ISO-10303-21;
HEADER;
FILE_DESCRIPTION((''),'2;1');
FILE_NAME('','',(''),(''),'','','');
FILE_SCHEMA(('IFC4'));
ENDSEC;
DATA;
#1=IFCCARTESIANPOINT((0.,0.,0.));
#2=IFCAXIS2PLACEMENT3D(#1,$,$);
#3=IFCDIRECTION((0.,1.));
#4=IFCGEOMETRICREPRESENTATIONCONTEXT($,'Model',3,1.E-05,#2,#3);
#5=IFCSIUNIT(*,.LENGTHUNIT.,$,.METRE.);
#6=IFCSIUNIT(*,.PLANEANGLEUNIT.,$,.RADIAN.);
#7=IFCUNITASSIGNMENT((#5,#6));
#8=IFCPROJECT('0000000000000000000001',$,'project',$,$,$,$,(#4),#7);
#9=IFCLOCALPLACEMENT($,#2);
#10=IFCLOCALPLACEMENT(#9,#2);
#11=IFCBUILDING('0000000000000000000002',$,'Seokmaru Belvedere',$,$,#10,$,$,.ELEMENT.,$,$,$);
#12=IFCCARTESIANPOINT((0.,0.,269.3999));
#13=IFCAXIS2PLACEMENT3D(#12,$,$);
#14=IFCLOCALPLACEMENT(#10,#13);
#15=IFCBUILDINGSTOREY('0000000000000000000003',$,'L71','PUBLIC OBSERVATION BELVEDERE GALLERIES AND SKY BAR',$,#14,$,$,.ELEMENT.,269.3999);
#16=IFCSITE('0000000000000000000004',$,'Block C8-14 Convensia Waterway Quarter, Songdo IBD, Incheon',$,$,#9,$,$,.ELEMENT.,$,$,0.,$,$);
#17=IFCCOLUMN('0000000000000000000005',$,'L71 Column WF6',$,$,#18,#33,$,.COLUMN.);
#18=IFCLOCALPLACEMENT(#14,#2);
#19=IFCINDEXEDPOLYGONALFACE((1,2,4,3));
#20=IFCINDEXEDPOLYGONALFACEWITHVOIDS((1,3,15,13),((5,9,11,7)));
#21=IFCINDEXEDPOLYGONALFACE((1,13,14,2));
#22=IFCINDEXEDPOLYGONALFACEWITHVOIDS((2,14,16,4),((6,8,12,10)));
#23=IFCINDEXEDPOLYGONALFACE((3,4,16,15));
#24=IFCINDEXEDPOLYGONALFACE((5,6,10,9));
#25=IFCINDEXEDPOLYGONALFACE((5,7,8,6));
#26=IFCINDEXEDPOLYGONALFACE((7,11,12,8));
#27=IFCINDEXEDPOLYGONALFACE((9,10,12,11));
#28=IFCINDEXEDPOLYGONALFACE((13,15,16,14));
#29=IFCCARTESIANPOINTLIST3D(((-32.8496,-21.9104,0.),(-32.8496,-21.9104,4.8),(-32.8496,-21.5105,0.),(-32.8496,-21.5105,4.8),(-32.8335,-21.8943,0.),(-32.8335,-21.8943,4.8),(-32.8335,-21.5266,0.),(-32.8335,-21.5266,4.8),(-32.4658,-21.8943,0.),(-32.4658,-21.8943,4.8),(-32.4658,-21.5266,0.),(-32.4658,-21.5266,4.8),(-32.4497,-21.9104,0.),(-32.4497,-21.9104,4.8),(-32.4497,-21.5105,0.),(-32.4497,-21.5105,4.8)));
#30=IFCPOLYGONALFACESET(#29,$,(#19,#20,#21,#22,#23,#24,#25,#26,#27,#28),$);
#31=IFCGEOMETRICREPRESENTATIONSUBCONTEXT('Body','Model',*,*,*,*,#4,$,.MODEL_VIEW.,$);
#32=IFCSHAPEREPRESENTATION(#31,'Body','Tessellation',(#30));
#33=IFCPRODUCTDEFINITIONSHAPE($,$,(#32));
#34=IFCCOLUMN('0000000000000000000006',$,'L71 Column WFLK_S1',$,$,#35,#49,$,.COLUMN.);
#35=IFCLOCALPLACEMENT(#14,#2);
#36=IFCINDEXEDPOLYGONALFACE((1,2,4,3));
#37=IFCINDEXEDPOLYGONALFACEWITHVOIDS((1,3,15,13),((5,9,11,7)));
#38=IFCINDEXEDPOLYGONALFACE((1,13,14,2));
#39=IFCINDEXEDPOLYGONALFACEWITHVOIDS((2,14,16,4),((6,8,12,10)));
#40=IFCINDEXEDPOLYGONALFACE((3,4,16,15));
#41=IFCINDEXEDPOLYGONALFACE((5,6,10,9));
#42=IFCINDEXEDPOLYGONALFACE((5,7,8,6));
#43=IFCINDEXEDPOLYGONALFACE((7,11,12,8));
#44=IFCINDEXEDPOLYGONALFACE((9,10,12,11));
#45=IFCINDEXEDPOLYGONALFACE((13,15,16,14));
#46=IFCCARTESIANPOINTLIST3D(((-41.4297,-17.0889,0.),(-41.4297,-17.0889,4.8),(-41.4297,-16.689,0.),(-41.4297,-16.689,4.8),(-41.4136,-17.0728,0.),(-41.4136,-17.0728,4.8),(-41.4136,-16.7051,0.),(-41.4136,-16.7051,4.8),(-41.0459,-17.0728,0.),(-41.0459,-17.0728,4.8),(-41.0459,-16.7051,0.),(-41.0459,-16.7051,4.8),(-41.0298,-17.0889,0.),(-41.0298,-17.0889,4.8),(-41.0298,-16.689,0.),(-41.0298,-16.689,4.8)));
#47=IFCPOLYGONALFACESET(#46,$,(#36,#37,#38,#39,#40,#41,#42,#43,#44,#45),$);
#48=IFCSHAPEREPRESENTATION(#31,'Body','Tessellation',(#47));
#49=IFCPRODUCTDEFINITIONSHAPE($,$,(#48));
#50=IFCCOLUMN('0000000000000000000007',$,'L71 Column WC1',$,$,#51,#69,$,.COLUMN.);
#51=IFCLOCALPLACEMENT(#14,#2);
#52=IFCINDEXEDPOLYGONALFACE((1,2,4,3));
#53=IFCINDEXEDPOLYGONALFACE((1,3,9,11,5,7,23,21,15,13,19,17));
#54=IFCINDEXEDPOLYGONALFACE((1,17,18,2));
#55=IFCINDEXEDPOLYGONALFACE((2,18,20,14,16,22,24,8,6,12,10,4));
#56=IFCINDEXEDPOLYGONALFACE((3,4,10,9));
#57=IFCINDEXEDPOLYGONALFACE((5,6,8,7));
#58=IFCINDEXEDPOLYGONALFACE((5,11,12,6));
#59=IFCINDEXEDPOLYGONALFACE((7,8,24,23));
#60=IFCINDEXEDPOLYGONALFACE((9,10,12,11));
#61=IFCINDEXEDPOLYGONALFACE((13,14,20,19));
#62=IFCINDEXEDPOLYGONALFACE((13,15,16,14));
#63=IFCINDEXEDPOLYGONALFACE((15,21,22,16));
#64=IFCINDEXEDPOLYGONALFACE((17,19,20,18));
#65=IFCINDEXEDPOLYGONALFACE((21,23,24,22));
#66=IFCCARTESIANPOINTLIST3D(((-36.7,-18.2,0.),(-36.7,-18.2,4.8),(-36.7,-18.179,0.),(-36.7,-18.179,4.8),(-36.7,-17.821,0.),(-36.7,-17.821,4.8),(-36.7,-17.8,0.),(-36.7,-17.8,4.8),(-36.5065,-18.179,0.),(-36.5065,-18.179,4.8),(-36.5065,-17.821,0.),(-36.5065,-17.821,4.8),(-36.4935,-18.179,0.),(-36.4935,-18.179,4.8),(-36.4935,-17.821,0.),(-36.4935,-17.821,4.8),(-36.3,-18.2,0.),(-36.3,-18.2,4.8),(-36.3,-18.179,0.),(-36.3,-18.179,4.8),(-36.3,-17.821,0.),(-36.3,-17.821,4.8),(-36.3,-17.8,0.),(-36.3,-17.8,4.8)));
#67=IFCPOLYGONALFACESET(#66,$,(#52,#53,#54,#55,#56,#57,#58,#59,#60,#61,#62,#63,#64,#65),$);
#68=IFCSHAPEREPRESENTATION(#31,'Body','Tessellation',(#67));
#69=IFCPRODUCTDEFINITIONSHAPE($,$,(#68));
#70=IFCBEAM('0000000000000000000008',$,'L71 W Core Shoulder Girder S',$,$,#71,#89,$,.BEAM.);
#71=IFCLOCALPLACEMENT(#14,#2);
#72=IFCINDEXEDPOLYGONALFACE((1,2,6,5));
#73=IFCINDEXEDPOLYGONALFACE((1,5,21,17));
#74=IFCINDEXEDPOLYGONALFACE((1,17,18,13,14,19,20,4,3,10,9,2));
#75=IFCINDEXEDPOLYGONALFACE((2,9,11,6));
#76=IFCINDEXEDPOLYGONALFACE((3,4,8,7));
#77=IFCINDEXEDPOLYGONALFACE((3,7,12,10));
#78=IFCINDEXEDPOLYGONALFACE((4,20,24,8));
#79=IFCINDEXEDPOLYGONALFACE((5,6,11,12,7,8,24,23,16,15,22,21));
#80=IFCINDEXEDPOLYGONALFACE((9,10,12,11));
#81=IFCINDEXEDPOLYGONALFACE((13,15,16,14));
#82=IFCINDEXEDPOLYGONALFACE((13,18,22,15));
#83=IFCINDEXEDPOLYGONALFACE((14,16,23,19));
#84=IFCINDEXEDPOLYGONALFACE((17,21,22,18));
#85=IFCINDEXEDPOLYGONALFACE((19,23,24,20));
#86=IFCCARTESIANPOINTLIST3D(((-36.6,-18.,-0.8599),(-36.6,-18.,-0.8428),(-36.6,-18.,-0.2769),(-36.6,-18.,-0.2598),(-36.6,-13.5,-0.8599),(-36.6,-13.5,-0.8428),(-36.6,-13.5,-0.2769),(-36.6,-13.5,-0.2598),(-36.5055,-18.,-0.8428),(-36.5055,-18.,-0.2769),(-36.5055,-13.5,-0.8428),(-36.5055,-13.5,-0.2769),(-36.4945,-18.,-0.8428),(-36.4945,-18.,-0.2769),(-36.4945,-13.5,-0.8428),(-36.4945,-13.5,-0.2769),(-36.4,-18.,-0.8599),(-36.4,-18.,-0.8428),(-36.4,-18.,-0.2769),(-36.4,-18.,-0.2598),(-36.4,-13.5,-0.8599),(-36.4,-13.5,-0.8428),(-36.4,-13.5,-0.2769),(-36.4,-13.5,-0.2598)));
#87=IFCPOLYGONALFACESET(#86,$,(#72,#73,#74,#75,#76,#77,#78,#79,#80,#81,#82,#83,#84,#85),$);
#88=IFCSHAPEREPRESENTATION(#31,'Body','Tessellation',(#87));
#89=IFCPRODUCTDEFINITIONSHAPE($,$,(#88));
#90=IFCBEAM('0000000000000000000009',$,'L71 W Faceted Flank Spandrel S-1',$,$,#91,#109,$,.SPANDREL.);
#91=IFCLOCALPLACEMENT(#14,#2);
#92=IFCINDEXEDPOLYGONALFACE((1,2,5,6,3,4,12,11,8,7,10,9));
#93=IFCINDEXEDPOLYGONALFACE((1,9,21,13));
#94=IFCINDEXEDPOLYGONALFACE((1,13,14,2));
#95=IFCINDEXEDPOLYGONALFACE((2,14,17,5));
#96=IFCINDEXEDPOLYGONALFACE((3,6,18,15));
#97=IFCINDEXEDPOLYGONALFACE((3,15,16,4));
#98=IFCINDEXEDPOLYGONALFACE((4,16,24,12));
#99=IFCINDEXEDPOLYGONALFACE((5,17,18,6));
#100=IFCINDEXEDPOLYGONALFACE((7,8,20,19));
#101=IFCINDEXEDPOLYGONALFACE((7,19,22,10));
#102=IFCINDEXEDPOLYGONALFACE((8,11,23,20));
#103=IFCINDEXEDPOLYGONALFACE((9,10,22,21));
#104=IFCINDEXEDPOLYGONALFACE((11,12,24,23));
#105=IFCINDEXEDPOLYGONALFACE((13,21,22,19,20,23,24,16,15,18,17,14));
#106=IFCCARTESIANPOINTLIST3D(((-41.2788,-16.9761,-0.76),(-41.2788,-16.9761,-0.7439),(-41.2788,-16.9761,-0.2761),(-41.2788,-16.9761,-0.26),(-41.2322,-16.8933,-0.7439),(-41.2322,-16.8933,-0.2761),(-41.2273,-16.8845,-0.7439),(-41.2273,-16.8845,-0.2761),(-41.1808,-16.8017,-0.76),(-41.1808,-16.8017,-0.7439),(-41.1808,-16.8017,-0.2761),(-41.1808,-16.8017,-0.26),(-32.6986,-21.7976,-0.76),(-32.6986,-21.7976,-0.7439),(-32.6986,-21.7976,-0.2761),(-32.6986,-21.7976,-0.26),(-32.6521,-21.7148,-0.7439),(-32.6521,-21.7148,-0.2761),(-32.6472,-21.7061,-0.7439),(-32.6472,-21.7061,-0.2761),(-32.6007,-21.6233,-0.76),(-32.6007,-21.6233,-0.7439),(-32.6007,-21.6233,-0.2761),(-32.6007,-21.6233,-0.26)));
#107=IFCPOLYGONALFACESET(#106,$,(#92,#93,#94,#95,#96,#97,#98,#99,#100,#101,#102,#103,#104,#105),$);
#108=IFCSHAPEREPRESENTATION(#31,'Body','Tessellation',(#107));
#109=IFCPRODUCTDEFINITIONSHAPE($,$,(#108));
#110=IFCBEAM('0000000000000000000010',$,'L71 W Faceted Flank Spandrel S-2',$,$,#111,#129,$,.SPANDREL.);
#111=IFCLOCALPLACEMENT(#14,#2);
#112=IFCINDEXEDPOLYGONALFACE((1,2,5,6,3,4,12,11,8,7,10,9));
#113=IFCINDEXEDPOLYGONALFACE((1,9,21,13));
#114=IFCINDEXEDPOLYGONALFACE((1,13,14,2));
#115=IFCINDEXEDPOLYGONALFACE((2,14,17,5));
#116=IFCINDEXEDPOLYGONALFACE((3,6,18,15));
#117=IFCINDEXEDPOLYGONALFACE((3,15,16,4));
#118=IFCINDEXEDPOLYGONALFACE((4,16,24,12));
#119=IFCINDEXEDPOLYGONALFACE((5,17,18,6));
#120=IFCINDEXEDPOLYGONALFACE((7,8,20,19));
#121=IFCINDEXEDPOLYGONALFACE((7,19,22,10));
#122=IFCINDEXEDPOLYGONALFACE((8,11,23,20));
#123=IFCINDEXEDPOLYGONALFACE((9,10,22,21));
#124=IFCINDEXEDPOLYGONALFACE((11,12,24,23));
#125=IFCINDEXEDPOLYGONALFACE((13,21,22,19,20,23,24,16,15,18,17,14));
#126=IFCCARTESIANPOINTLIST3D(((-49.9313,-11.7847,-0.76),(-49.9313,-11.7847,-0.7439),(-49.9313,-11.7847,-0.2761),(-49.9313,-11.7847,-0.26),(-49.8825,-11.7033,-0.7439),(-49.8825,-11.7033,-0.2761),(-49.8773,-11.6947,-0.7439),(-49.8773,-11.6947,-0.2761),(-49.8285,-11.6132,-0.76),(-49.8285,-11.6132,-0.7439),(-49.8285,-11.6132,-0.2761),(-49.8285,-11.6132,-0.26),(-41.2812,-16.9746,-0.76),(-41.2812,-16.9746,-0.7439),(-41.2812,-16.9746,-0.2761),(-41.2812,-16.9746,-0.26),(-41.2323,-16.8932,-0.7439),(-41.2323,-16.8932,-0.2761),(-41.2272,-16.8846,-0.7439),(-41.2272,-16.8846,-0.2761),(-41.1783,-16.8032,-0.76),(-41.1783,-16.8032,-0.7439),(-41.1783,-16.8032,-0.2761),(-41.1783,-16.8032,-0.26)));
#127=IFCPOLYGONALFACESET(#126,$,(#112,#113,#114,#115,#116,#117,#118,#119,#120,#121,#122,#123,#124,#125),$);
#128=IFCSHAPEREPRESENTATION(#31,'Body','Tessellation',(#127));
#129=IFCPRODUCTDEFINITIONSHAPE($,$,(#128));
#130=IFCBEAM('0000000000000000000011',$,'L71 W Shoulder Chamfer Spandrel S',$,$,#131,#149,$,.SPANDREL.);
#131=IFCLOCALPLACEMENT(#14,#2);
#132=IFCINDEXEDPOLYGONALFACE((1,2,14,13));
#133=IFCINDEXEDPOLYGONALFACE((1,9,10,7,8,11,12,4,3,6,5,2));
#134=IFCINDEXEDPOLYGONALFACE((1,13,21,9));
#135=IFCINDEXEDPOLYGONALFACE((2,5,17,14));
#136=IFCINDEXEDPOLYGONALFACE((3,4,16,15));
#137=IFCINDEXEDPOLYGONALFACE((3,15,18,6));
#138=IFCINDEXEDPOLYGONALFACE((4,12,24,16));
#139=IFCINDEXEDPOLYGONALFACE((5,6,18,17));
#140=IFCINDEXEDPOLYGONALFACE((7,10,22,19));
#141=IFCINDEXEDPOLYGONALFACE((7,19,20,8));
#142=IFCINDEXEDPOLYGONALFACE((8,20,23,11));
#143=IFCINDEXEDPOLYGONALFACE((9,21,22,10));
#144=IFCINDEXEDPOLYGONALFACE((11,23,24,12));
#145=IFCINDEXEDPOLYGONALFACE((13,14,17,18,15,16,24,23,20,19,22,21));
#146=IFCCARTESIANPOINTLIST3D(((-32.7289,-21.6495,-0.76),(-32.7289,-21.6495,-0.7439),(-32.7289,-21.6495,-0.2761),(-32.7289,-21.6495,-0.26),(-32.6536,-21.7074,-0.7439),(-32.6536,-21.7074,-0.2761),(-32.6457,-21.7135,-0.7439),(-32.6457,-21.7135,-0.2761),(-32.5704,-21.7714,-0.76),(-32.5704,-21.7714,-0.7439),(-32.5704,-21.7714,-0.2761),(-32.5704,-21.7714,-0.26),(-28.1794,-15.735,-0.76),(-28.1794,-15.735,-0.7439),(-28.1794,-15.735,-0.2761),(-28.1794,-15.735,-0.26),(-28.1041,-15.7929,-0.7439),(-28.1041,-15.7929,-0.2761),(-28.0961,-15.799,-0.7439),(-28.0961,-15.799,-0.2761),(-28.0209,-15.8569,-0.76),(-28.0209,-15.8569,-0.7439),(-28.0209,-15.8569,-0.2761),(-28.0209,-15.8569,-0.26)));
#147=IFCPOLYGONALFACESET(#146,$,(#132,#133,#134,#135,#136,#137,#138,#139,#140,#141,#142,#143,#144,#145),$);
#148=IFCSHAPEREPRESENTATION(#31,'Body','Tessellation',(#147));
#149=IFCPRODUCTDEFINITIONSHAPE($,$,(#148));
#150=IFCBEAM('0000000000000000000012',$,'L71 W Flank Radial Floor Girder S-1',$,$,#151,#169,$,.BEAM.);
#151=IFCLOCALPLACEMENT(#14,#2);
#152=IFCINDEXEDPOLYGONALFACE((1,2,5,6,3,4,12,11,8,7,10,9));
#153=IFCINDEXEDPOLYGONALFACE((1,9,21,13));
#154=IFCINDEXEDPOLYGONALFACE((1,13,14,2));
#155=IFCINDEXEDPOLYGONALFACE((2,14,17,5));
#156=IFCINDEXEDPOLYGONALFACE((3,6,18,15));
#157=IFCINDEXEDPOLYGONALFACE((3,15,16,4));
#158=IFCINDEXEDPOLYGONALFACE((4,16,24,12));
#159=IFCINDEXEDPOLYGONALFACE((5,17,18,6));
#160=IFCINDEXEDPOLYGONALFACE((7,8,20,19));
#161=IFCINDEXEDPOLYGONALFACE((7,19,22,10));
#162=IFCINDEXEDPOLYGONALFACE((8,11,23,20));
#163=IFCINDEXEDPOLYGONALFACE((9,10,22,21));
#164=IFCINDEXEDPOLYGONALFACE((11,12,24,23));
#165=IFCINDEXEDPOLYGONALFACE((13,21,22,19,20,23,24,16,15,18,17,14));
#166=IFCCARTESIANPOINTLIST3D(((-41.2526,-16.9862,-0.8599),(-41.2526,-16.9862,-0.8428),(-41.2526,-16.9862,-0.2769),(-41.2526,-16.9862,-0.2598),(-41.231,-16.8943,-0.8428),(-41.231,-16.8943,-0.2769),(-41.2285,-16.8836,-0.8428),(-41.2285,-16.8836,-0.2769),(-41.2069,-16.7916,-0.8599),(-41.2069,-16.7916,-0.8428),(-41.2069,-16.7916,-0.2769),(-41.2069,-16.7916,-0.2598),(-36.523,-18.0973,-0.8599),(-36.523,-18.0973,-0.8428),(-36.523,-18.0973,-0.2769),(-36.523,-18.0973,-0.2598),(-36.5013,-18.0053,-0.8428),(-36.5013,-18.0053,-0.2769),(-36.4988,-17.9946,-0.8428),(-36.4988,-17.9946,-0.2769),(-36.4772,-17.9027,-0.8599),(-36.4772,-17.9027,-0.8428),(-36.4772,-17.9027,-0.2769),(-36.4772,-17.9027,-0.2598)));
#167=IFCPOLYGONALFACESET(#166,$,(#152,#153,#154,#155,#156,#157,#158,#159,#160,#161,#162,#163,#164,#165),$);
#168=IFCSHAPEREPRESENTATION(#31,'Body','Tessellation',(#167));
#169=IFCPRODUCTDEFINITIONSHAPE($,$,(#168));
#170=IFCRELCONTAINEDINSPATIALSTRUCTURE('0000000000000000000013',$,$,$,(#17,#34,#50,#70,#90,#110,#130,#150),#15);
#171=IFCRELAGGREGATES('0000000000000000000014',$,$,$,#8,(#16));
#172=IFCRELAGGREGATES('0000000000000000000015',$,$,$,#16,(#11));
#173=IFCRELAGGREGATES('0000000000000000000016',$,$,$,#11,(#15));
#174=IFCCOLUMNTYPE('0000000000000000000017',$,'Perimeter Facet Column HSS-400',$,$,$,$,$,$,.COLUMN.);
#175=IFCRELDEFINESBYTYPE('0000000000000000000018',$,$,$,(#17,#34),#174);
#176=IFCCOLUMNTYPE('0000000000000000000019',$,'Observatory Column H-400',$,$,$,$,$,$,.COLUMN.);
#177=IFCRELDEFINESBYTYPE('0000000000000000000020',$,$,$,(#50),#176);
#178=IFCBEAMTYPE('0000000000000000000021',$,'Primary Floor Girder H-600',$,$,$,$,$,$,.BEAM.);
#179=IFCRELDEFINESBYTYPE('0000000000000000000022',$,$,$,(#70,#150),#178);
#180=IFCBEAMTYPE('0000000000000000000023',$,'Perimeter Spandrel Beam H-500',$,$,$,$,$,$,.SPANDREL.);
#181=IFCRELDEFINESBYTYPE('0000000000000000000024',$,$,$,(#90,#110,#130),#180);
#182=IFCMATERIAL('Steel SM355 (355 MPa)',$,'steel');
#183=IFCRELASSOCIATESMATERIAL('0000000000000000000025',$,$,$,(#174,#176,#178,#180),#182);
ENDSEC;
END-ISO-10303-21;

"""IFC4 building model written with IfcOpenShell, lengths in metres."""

from ifc_helpers import new_model, si_unit, direction, frame, origin, origin_2d, place, context, subcontext, project, spatial, hollow_rectangle, i_section, extrude, source, transform, mapped, material, material_profile, profile_set, type_object, type_shapes, element, save


model = new_model("IFC4")

# Units and contexts
model_context = context("Model", 3, precision=1e-05, world=origin(), true_north=direction((0.0, 1.0)))
body_context = subcontext(model_context, "Body", "Model", "MODEL_VIEW")
ifc_project = project(units=[si_unit("LENGTHUNIT", "METRE"), si_unit("PLANEANGLEUNIT", "RADIAN")], contexts=[model_context])

# Site, building, storey
site_placement = place(None, origin())
site = spatial("IfcSite", under=ifc_project, at=site_placement, Name="Block C8-14 Convensia Waterway Quarter, Songdo IBD, Incheon", CompositionType="ELEMENT", RefElevation=0.0)
building_placement = place(site_placement, origin())
building = spatial("IfcBuilding", under=site, at=building_placement, Name="Seokmaru Belvedere", CompositionType="ELEMENT")
storey_placement = place(building_placement, frame((0.0, 0.0, 269.3999)))
storey = spatial("IfcBuildingStorey", under=building, at=storey_placement, Name="L71", Description="PUBLIC OBSERVATION BELVEDERE GALLERIES AND SKY BAR", CompositionType="ELEMENT", Elevation=269.3999)

# Columns
ifc_material_1 = material(Name="Steel SM355 (355 MPa)", Category="steel")
ifc_material_profile_1 = material_profile(ifc_material_1, hollow_rectangle(XDim=0.3999, YDim=0.3999, WallThickness=0.0161, at=origin_2d()), Name="HSS-400x400x16")
ifc_profile_set_1 = profile_set([ifc_material_profile_1], Name="Steel SM355 (355 MPa)")
column_type_1 = type_object("IfcColumnType", Name="Perimeter Facet Column HSS-400", PredefinedType="COLUMN", material=ifc_profile_set_1)
shared_shape_1 = source(origin(), body_context, "Body", "SweptSolid", [
    extrude(hollow_rectangle(XDim=0.3999, YDim=0.3999, WallThickness=0.0161, at=origin_2d()), origin(), (0.0, 0.0, 1.0), 4.8),
])
type_shapes(column_type_1, [shared_shape_1])
for number, where, z_axis, x_axis, name in (
    (1, (-32.6497, -21.7104, 0.0), (0.0, 0.0, 1.0), (1.0, 0.0, 0.0), "L71 Column WF6"),
    (2, (-41.2297, -16.8889, 0.0), (0.0, 0.0, 1.0), (1.0, 0.0, 0.0), "L71 Column WFLK_S1"),
):
    element("IfcColumn", number, at=place(storey_placement, frame(where, z_axis=z_axis, x_axis=x_axis)), inside=storey, type_object=column_type_1, Name=name, PredefinedType="COLUMN", context=body_context, shape_type="MappedRepresentation", body=[
        mapped(shared_shape_1, transform((0.0, 0.0, 0.0), scale=1.0)),
    ])
ifc_material_profile_2 = material_profile(ifc_material_1, i_section(OverallWidth=0.3999, OverallDepth=0.3999, WebThickness=0.0129, FlangeThickness=0.021, at=origin_2d()), Name="H-400x400x13x21")
ifc_profile_set_2 = profile_set([ifc_material_profile_2], Name="Steel SM355 (355 MPa)")
column_type_2 = type_object("IfcColumnType", Name="Observatory Column H-400", PredefinedType="COLUMN", material=ifc_profile_set_2)
shared_shape_2 = source(origin(), body_context, "Body", "SweptSolid", [
    extrude(i_section(OverallWidth=0.3999, OverallDepth=0.3999, WebThickness=0.0129, FlangeThickness=0.021, at=origin_2d()), origin(), (0.0, 0.0, 1.0), 4.8),
])
type_shapes(column_type_2, [shared_shape_2])
column_placement = place(storey_placement, frame((-36.5, -18.0, 0.0), z_axis=(0.0, 0.0, 1.0), x_axis=(1.0, 0.0, 0.0)))
element("IfcColumn", 3, at=column_placement, inside=storey, type_object=column_type_2, Name="L71 Column WC1", PredefinedType="COLUMN", context=body_context, shape_type="MappedRepresentation", body=[
    mapped(shared_shape_2, transform((0.0, 0.0, 0.0), scale=1.0)),
])

# Beams
ifc_material_profile_3 = material_profile(ifc_material_1, i_section(OverallWidth=0.2, OverallDepth=0.6001, WebThickness=0.011, FlangeThickness=0.0171, at=origin_2d()), Name="H-600x200x11x17")
ifc_profile_set_3 = profile_set([ifc_material_profile_3], Name="Steel SM355 (355 MPa)")
beam_type_1 = type_object("IfcBeamType", Name="Primary Floor Girder H-600", PredefinedType="BEAM", material=ifc_profile_set_3)
shared_shape_3 = source(origin(), body_context, "Body", "SweptSolid", [
    extrude(i_section(OverallWidth=0.2, OverallDepth=0.6001, WebThickness=0.011, FlangeThickness=0.0171, at=origin_2d()), origin(), (0.0, 0.0, 1.0), 4.5),
])
beam_1_placement = place(storey_placement, frame((-36.5, -18.0, -0.5598), z_axis=(0.0, 1.0, 0.0), x_axis=(-1.0, 0.0, 0.0)))
element("IfcBeam", 4, at=beam_1_placement, inside=storey, type_object=beam_type_1, Name="L71 W Core Shoulder Girder S", PredefinedType="BEAM", context=body_context, shape_type="MappedRepresentation", body=[
    mapped(shared_shape_3, transform((0.0, 0.0, 0.0), scale=1.0)),
])
ifc_material_profile_4 = material_profile(ifc_material_1, i_section(OverallWidth=0.2, OverallDepth=0.5, WebThickness=0.01, FlangeThickness=0.0161, at=origin_2d()), Name="H-500x200x10x16")
ifc_profile_set_4 = profile_set([ifc_material_profile_4], Name="Steel SM355 (355 MPa)")
beam_type_2 = type_object("IfcBeamType", Name="Perimeter Spandrel Beam H-500", PredefinedType="SPANDREL", material=ifc_profile_set_4)
shared_shape_4 = source(origin(), body_context, "Body", "SweptSolid", [
    extrude(i_section(OverallWidth=0.2, OverallDepth=0.5, WebThickness=0.01, FlangeThickness=0.0161, at=origin_2d()), origin(), (0.0, 0.0, 1.0), 9.842),
])
beam_2_placement = place(storey_placement, frame((-32.6497, -21.7104, -0.51), z_axis=(-0.871782, 0.489894, 0.0), x_axis=(-0.489894, -0.871782, 0.0)))
element("IfcBeam", 5, at=beam_2_placement, inside=storey, type_object=beam_type_2, Name="L71 W Faceted Flank Spandrel S-1", PredefinedType="SPANDREL", context=body_context, shape_type="MappedRepresentation", body=[
    mapped(shared_shape_4, transform((0.0, 0.0, 0.0), scale=1.0)),
])
shared_shape_5 = source(origin(), body_context, "Body", "SweptSolid", [
    extrude(i_section(OverallWidth=0.2, OverallDepth=0.5, WebThickness=0.01, FlangeThickness=0.0161, at=origin_2d()), origin(), (0.0, 0.0, 1.0), 10.0876),
])
beam_3_placement = place(storey_placement, frame((-41.2297, -16.8889, -0.51), z_axis=(-0.857499, 0.514485, 0.0), x_axis=(-0.514485, -0.857499, 0.0)))
element("IfcBeam", 6, at=beam_3_placement, inside=storey, type_object=beam_type_2, Name="L71 W Faceted Flank Spandrel S-2", PredefinedType="SPANDREL", context=body_context, shape_type="MappedRepresentation", body=[
    mapped(shared_shape_5, transform((0.0, 0.0, 0.0), scale=1.0)),
])
shared_shape_6 = source(origin(), body_context, "Body", "SweptSolid", [
    extrude(i_section(OverallWidth=0.2, OverallDepth=0.5, WebThickness=0.01, FlangeThickness=0.0161, at=origin_2d()), origin(), (0.0, 0.0, 1.0), 7.4619),
])
type_shapes(beam_type_2, [shared_shape_4, shared_shape_5, shared_shape_6])
beam_4_placement = place(storey_placement, frame((-32.6497, -21.7104, -0.51), z_axis=(0.609703, 0.79263, 0.0), x_axis=(-0.79263, 0.609703, 0.0)))
element("IfcBeam", 7, at=beam_4_placement, inside=storey, type_object=beam_type_2, Name="L71 W Shoulder Chamfer Spandrel S", PredefinedType="SPANDREL", context=body_context, shape_type="MappedRepresentation", body=[
    mapped(shared_shape_6, transform((0.0, 0.0, 0.0), scale=1.0)),
])
shared_shape_7 = source(origin(), body_context, "Body", "SweptSolid", [
    extrude(i_section(OverallWidth=0.2, OverallDepth=0.6001, WebThickness=0.011, FlangeThickness=0.0171, at=origin_2d()), origin(), (0.0, 0.0, 1.0), 4.8584),
])
type_shapes(beam_type_1, [shared_shape_3, shared_shape_7])
beam_5_placement = place(storey_placement, frame((-41.2297, -16.8889, -0.5598), z_axis=(0.973499, -0.228689, 0.0), x_axis=(0.228689, 0.973499, 0.0)))
element("IfcBeam", 8, at=beam_5_placement, inside=storey, type_object=beam_type_1, Name="L71 W Flank Radial Floor Girder S-1", PredefinedType="BEAM", context=body_context, shape_type="MappedRepresentation", body=[
    mapped(shared_shape_7, transform((0.0, 0.0, 0.0), scale=1.0)),
])

save(model, "model.ifc")
